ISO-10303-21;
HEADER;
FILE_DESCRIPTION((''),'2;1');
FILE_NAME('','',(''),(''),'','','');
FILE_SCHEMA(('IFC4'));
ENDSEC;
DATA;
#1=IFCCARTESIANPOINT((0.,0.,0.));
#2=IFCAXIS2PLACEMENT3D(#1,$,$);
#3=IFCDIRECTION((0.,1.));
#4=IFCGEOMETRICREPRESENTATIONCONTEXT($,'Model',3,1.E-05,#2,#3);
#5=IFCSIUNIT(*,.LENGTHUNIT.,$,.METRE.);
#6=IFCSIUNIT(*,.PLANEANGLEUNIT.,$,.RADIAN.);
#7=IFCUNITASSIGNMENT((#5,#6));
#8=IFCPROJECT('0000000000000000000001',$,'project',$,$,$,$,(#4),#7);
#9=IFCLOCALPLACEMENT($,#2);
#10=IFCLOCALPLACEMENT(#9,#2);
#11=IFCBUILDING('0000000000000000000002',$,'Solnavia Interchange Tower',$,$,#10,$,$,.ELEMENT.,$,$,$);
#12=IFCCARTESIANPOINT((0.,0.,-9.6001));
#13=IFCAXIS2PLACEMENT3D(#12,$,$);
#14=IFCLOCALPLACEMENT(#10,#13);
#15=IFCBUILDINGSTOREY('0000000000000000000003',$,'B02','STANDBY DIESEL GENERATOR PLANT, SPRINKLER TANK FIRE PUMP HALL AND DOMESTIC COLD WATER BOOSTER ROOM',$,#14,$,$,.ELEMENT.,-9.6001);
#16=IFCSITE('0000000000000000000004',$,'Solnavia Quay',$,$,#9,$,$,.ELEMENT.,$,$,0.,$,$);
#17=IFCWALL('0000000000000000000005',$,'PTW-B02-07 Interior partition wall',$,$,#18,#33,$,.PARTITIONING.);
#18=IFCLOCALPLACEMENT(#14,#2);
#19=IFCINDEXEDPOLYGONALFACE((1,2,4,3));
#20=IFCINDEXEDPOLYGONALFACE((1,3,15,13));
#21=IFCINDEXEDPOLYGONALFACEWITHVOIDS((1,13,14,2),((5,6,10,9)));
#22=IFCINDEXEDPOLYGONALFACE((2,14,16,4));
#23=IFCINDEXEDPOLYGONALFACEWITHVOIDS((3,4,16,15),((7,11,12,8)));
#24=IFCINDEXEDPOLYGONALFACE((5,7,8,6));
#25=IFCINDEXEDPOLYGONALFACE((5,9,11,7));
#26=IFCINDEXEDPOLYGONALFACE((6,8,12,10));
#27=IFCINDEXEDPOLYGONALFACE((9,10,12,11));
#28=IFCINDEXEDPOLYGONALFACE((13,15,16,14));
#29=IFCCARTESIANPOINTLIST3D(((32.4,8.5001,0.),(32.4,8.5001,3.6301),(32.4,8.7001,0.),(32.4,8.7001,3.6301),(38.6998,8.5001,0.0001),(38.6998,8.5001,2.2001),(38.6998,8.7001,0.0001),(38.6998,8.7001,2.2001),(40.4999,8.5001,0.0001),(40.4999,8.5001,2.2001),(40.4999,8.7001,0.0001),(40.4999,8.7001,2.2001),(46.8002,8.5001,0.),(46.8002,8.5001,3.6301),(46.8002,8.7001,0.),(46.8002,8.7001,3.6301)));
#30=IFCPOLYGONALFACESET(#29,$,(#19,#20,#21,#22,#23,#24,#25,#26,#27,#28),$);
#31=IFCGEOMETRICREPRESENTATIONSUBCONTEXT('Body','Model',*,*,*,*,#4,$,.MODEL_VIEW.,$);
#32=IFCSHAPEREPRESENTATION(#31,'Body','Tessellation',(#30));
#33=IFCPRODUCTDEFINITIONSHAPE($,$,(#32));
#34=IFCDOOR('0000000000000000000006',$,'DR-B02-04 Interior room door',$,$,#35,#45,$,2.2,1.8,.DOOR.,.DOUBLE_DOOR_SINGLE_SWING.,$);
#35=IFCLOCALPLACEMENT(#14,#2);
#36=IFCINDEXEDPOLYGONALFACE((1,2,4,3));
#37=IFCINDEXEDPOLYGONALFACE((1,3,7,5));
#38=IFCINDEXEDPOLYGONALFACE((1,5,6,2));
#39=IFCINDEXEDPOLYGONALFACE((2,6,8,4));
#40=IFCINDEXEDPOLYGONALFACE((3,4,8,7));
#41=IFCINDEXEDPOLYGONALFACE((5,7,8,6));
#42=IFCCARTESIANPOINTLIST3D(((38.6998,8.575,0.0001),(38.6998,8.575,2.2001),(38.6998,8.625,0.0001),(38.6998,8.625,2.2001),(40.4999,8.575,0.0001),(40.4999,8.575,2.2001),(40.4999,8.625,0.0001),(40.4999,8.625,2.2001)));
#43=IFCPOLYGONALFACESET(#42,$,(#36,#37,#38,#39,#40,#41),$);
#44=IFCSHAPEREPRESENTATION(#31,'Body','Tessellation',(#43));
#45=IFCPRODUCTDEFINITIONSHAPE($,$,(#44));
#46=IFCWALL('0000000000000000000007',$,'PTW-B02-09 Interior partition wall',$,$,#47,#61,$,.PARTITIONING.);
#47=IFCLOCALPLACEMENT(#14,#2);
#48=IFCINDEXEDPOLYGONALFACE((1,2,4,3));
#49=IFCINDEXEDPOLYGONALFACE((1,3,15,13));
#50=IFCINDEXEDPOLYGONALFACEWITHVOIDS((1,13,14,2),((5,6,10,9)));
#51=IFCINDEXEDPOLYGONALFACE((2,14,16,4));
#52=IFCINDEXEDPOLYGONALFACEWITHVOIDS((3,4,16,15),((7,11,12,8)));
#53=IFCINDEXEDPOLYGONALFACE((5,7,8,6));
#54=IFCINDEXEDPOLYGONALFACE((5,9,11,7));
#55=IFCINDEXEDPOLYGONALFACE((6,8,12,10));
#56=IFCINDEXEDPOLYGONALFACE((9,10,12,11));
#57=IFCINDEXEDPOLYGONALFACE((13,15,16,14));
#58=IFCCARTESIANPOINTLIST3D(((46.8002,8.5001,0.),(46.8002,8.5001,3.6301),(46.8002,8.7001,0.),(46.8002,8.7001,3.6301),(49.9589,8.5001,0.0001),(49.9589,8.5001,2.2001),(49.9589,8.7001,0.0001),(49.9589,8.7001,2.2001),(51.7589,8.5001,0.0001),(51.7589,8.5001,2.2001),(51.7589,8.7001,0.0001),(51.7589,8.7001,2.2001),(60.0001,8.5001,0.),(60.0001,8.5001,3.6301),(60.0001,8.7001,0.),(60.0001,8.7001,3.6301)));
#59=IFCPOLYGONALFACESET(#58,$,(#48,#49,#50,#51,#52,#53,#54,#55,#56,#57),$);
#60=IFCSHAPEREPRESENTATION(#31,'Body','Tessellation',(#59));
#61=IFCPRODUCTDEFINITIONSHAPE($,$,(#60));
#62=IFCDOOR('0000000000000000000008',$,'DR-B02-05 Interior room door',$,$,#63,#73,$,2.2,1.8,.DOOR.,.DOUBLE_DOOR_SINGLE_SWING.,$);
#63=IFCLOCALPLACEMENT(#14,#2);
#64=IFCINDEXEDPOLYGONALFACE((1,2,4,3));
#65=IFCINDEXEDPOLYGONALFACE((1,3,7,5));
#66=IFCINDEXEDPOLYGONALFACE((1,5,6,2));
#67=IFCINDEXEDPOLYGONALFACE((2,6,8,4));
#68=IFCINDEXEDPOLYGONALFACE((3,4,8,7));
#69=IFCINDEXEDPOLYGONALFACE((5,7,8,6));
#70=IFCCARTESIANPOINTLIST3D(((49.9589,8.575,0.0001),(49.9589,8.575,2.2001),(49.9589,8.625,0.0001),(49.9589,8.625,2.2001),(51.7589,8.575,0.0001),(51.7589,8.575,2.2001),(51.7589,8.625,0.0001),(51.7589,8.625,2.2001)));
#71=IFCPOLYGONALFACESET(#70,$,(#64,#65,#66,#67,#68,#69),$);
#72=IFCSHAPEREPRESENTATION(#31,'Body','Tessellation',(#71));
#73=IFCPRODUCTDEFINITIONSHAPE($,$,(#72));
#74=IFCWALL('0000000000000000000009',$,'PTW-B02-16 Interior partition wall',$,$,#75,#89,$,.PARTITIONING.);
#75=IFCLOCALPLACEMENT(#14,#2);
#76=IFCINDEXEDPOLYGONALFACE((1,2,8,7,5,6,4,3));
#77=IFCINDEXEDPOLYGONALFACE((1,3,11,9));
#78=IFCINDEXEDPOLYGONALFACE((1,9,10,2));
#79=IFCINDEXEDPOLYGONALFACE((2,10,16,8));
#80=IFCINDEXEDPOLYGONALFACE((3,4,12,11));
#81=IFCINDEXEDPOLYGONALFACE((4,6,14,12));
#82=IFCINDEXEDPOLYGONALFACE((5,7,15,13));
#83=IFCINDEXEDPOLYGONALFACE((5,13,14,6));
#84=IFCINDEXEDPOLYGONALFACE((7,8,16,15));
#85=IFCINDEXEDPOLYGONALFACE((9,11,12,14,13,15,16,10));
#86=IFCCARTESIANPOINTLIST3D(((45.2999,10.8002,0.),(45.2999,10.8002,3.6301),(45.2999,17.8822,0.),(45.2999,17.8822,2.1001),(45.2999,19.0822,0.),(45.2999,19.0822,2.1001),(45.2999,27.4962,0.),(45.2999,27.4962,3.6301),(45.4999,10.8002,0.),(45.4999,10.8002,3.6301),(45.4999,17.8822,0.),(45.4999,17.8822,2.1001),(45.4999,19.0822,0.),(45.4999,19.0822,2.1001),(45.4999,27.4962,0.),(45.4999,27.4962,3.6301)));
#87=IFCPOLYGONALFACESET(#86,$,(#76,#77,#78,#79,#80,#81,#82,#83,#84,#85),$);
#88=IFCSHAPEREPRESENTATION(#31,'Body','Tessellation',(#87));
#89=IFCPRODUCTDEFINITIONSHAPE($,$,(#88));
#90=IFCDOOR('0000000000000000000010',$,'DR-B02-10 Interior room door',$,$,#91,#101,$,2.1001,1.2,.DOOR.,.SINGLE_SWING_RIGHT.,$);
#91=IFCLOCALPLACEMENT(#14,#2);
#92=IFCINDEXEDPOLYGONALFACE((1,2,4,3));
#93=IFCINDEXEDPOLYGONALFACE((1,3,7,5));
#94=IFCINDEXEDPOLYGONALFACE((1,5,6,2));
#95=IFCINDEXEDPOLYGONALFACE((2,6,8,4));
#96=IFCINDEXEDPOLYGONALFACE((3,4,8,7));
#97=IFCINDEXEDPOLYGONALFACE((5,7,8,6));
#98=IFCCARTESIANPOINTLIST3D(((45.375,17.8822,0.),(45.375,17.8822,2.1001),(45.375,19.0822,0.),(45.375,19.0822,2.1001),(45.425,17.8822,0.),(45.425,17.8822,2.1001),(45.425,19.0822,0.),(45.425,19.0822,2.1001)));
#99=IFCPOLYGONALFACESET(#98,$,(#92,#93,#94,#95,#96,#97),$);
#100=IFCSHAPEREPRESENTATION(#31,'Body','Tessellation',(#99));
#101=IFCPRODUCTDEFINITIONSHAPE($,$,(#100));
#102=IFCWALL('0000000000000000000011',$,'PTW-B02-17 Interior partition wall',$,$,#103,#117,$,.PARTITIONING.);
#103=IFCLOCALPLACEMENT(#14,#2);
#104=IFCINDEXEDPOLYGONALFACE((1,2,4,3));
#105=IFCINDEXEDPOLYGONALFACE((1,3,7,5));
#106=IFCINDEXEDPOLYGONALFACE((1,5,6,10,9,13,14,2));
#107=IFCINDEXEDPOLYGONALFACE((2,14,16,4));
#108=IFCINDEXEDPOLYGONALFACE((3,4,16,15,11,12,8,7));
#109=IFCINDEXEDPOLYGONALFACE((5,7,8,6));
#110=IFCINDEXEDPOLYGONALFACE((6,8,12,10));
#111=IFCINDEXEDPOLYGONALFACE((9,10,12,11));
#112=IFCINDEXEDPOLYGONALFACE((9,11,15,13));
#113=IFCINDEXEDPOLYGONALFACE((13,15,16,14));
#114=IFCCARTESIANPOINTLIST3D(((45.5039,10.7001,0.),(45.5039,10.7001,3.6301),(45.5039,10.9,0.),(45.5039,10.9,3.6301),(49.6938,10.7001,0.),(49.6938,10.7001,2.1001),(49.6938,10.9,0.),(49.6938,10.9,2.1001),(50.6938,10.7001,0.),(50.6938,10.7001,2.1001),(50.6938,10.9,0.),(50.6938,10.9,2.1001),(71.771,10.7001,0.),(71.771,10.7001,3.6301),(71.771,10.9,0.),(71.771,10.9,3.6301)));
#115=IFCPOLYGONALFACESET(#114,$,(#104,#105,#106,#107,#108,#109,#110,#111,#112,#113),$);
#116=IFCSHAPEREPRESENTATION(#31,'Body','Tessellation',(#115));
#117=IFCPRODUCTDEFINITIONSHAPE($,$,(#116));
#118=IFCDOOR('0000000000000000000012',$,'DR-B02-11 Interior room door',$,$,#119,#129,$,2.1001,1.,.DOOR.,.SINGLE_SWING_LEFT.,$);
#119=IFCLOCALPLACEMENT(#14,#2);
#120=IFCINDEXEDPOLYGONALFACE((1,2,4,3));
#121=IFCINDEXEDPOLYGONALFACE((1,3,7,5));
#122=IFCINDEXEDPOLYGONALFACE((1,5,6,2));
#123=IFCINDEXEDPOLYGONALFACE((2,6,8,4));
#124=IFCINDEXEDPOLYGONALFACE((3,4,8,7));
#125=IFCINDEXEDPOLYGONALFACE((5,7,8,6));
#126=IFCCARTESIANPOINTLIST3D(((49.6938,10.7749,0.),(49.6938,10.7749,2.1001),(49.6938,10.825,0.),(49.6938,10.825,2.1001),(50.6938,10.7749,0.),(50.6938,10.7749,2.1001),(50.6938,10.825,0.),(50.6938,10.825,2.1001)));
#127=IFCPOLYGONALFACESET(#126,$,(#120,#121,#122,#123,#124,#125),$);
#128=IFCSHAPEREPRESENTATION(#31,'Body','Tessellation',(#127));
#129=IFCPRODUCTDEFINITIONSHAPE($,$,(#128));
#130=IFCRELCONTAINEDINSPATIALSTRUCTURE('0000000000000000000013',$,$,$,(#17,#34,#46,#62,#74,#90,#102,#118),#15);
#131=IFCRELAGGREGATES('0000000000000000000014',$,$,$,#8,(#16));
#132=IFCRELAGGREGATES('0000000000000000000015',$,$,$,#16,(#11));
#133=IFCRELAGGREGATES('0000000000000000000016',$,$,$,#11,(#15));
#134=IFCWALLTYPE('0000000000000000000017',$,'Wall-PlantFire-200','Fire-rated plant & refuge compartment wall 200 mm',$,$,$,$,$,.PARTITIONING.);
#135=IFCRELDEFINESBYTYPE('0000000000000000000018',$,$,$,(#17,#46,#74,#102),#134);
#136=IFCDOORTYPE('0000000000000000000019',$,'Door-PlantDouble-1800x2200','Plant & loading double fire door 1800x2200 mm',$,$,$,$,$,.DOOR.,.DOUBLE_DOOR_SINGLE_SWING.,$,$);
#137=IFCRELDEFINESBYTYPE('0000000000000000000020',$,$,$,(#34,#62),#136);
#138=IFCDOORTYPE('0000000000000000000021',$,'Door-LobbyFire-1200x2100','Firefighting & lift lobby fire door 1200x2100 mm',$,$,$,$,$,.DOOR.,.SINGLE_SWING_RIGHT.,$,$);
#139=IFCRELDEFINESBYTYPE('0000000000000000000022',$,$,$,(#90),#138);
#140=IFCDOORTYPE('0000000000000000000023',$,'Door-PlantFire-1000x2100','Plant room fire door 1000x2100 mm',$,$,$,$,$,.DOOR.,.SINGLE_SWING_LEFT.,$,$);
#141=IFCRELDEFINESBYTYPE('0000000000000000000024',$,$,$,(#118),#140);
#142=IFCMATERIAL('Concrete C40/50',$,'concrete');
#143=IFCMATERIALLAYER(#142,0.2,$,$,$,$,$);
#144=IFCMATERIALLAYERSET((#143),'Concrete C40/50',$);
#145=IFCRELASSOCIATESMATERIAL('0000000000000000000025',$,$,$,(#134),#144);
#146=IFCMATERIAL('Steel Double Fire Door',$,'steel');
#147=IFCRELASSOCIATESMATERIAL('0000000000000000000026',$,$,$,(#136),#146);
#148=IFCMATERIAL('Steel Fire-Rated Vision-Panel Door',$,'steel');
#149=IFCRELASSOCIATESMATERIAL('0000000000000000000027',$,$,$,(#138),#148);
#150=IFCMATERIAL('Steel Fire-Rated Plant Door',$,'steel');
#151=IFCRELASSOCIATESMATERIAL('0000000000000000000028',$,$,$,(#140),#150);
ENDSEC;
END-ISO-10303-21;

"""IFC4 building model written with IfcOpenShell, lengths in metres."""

from ifc_helpers import new_model, si_unit, direction, frame, frame_2d, origin, place, context, subcontext, project, spatial, rectangle, extrude, material, layer, layer_set, type_object, element, fill, save


model = new_model("IFC4")

# Units and contexts
model_context = context("Model", 3, precision=1e-05, world=origin(), true_north=direction((0.0, 1.0)))
body_context = subcontext(model_context, "Body", "Model", "MODEL_VIEW")
ifc_project = project(units=[si_unit("LENGTHUNIT", "METRE"), si_unit("PLANEANGLEUNIT", "RADIAN")], contexts=[model_context])

# Site, building, storey
site_placement = place(None, origin())
site = spatial("IfcSite", under=ifc_project, at=site_placement, Name="Solnavia Quay", CompositionType="ELEMENT", RefElevation=0.0)
building_placement = place(site_placement, origin())
building = spatial("IfcBuilding", under=site, at=building_placement, Name="Solnavia Interchange Tower", CompositionType="ELEMENT")
storey_placement = place(building_placement, frame((0.0, 0.0, -9.6001)))
storey = spatial("IfcBuildingStorey", under=building, at=storey_placement, Name="B02", Description="STANDBY DIESEL GENERATOR PLANT, SPRINKLER TANK FIRE PUMP HALL AND DOMESTIC COLD WATER BOOSTER ROOM", CompositionType="ELEMENT", Elevation=-9.6001)

# Shared definitions
ifc_material_1 = material(Name="Concrete C40/50", Category="concrete")

# Walls, openings, doors
ifc_layer_1 = layer(ifc_material_1, 0.2)
ifc_layer_set_1 = layer_set([ifc_layer_1], Name="Concrete C40/50")
wall_type_1 = type_object("IfcWallType", Name="Wall-PlantFire-200", Description="Fire-rated plant & refuge compartment wall 200 mm", PredefinedType="PARTITIONING", material=ifc_layer_set_1)
wall_1_placement = place(storey_placement, frame((32.3999, 8.6001, 0.0), z_axis=(0.0, 0.0, 1.0), x_axis=(1.0, 0.0, 0.0)))
wall_1 = element("IfcWall", 1, at=wall_1_placement, inside=storey, type_object=wall_type_1, Name="PTW-B02-07 Interior partition wall", PredefinedType="PARTITIONING", context=body_context, shape_type="SweptSolid", body=[
    extrude(rectangle(XDim=14.4001, YDim=0.2, at=frame_2d((7.2002, 0.0))), origin(), (0.0, 0.0, 1.0), 3.6301),
])
opening_1_placement = place(wall_1_placement, frame((6.3, 0.0, 0.0)))
opening_1 = element("IfcOpeningElement", 2, at=opening_1_placement, cuts=wall_1, PredefinedType="OPENING", context=body_context, shape_type="SweptSolid", body=[
    extrude(rectangle(XDim=1.8, YDim=2.2, at=frame_2d((0.8999, 1.1001))), frame((0.0, 0.1099, 0.0), z_axis=(0.0, -1.0, 0.0), x_axis=(1.0, 0.0, 0.0)), (0.0, 0.0, 1.0), 0.22),
])
ifc_material_2 = material(Name="Steel Double Fire Door", Category="steel")
door_type_1 = type_object("IfcDoorType", Name="Door-PlantDouble-1800x2200", Description="Plant & loading double fire door 1800x2200 mm", OperationType="DOUBLE_DOOR_SINGLE_SWING", PredefinedType="DOOR", material=ifc_material_2)
door_1_placement = place(opening_1_placement, origin())
door_1 = element("IfcDoor", 3, at=door_1_placement, inside=storey, type_object=door_type_1, Name="DR-B02-04 Interior room door", OperationType="DOUBLE_DOOR_SINGLE_SWING", OverallHeight=2.2, OverallWidth=1.8, PredefinedType="DOOR", context=body_context, shape_type="SweptSolid", body=[
    extrude(rectangle(XDim=1.8, YDim=2.2, at=frame_2d((0.8999, 1.1001))), frame((0.0, 0.0249, 0.0), z_axis=(0.0, -1.0, 0.0), x_axis=(1.0, 0.0, 0.0)), (0.0, 0.0, 1.0), 0.05),
])
fill(opening_1, door_1)
wall_2_placement = place(storey_placement, frame((46.8, 8.6001, 0.0), z_axis=(0.0, 0.0, 1.0), x_axis=(1.0, 0.0, 0.0)))
wall_2 = element("IfcWall", 4, at=wall_2_placement, inside=storey, type_object=wall_type_1, Name="PTW-B02-09 Interior partition wall", PredefinedType="PARTITIONING", context=body_context, shape_type="SweptSolid", body=[
    extrude(rectangle(XDim=13.2, YDim=0.2, at=frame_2d((6.6001, 0.0))), origin(), (0.0, 0.0, 1.0), 3.6301),
])
opening_2_placement = place(wall_2_placement, frame((3.1589, 0.0, 0.0)))
opening_2 = element("IfcOpeningElement", 5, at=opening_2_placement, cuts=wall_2, PredefinedType="OPENING", context=body_context, shape_type="SweptSolid", body=[
    extrude(rectangle(XDim=1.8, YDim=2.2, at=frame_2d((0.8999, 1.1001))), frame((0.0, 0.1099, 0.0), z_axis=(0.0, -1.0, 0.0), x_axis=(1.0, 0.0, 0.0)), (0.0, 0.0, 1.0), 0.22),
])
door_2_placement = place(opening_2_placement, origin())
door_2 = element("IfcDoor", 6, at=door_2_placement, inside=storey, type_object=door_type_1, Name="DR-B02-05 Interior room door", OperationType="DOUBLE_DOOR_SINGLE_SWING", OverallHeight=2.2, OverallWidth=1.8, PredefinedType="DOOR", context=body_context, shape_type="SweptSolid", body=[
    extrude(rectangle(XDim=1.8, YDim=2.2, at=frame_2d((0.8999, 1.1001))), frame((0.0, 0.0249, 0.0), z_axis=(0.0, -1.0, 0.0), x_axis=(1.0, 0.0, 0.0)), (0.0, 0.0, 1.0), 0.05),
])
fill(opening_2, door_2)
wall_3_placement = place(storey_placement, frame((45.3999, 10.8, 0.0), z_axis=(0.0, 0.0, 1.0), x_axis=(0.0, 1.0, 0.0)))
wall_3 = element("IfcWall", 7, at=wall_3_placement, inside=storey, type_object=wall_type_1, Name="PTW-B02-16 Interior partition wall", PredefinedType="PARTITIONING", context=body_context, shape_type="SweptSolid", body=[
    extrude(rectangle(XDim=16.696, YDim=0.2, at=frame_2d((8.3481, 0.0))), origin(), (0.0, 0.0, 1.0), 3.6301),
])
opening_3_placement = place(wall_3_placement, frame((7.082, 0.0, 0.0)))
opening_3 = element("IfcOpeningElement", 8, at=opening_3_placement, cuts=wall_3, PredefinedType="OPENING", context=body_context, shape_type="SweptSolid", body=[
    extrude(rectangle(XDim=1.2, YDim=2.1001, at=frame_2d((0.6001, 1.05))), frame((0.0, 0.1099, 0.0), z_axis=(0.0, -1.0, 0.0), x_axis=(1.0, 0.0, 0.0)), (0.0, 0.0, 1.0), 0.22),
])
ifc_material_3 = material(Name="Steel Fire-Rated Vision-Panel Door", Category="steel")
door_type_2 = type_object("IfcDoorType", Name="Door-LobbyFire-1200x2100", Description="Firefighting & lift lobby fire door 1200x2100 mm", OperationType="SINGLE_SWING_RIGHT", PredefinedType="DOOR", material=ifc_material_3)
door_3_placement = place(opening_3_placement, origin())
door_3 = element("IfcDoor", 9, at=door_3_placement, inside=storey, type_object=door_type_2, Name="DR-B02-10 Interior room door", OperationType="SINGLE_SWING_RIGHT", OverallHeight=2.1001, OverallWidth=1.2, PredefinedType="DOOR", context=body_context, shape_type="SweptSolid", body=[
    extrude(rectangle(XDim=1.2, YDim=2.1001, at=frame_2d((0.6001, 1.05))), frame((0.0, 0.0249, 0.0), z_axis=(0.0, -1.0, 0.0), x_axis=(1.0, 0.0, 0.0)), (0.0, 0.0, 1.0), 0.05),
])
fill(opening_3, door_3)
wall_4_placement = place(storey_placement, frame((45.5039, 10.8, 0.0), z_axis=(0.0, 0.0, 1.0), x_axis=(1.0, 0.0, 0.0)))
wall_4 = element("IfcWall", 10, at=wall_4_placement, inside=storey, type_object=wall_type_1, Name="PTW-B02-17 Interior partition wall", PredefinedType="PARTITIONING", context=body_context, shape_type="SweptSolid", body=[
    extrude(rectangle(XDim=26.2671, YDim=0.2, at=frame_2d((13.1335, 0.0))), origin(), (0.0, 0.0, 1.0), 3.6301),
])
opening_4_placement = place(wall_4_placement, frame((4.1899, 0.0, 0.0)))
opening_4 = element("IfcOpeningElement", 11, at=opening_4_placement, cuts=wall_4, PredefinedType="OPENING", context=body_context, shape_type="SweptSolid", body=[
    extrude(rectangle(XDim=1.0, YDim=2.1001, at=frame_2d((0.5, 1.05))), frame((0.0, 0.1099, 0.0), z_axis=(0.0, -1.0, 0.0), x_axis=(1.0, 0.0, 0.0)), (0.0, 0.0, 1.0), 0.22),
])
ifc_material_4 = material(Name="Steel Fire-Rated Plant Door", Category="steel")
door_type_3 = type_object("IfcDoorType", Name="Door-PlantFire-1000x2100", Description="Plant room fire door 1000x2100 mm", OperationType="SINGLE_SWING_LEFT", PredefinedType="DOOR", material=ifc_material_4)
door_4_placement = place(opening_4_placement, origin())
door_4 = element("IfcDoor", 12, at=door_4_placement, inside=storey, type_object=door_type_3, Name="DR-B02-11 Interior room door", OperationType="SINGLE_SWING_LEFT", OverallHeight=2.1001, OverallWidth=1.0, PredefinedType="DOOR", context=body_context, shape_type="SweptSolid", body=[
    extrude(rectangle(XDim=1.0, YDim=2.1001, at=frame_2d((0.5, 1.05))), frame((0.0, 0.0249, 0.0), z_axis=(0.0, -1.0, 0.0), x_axis=(1.0, 0.0, 0.0)), (0.0, 0.0, 1.0), 0.05),
])
fill(opening_4, door_4)

save(model, "model.ifc")
